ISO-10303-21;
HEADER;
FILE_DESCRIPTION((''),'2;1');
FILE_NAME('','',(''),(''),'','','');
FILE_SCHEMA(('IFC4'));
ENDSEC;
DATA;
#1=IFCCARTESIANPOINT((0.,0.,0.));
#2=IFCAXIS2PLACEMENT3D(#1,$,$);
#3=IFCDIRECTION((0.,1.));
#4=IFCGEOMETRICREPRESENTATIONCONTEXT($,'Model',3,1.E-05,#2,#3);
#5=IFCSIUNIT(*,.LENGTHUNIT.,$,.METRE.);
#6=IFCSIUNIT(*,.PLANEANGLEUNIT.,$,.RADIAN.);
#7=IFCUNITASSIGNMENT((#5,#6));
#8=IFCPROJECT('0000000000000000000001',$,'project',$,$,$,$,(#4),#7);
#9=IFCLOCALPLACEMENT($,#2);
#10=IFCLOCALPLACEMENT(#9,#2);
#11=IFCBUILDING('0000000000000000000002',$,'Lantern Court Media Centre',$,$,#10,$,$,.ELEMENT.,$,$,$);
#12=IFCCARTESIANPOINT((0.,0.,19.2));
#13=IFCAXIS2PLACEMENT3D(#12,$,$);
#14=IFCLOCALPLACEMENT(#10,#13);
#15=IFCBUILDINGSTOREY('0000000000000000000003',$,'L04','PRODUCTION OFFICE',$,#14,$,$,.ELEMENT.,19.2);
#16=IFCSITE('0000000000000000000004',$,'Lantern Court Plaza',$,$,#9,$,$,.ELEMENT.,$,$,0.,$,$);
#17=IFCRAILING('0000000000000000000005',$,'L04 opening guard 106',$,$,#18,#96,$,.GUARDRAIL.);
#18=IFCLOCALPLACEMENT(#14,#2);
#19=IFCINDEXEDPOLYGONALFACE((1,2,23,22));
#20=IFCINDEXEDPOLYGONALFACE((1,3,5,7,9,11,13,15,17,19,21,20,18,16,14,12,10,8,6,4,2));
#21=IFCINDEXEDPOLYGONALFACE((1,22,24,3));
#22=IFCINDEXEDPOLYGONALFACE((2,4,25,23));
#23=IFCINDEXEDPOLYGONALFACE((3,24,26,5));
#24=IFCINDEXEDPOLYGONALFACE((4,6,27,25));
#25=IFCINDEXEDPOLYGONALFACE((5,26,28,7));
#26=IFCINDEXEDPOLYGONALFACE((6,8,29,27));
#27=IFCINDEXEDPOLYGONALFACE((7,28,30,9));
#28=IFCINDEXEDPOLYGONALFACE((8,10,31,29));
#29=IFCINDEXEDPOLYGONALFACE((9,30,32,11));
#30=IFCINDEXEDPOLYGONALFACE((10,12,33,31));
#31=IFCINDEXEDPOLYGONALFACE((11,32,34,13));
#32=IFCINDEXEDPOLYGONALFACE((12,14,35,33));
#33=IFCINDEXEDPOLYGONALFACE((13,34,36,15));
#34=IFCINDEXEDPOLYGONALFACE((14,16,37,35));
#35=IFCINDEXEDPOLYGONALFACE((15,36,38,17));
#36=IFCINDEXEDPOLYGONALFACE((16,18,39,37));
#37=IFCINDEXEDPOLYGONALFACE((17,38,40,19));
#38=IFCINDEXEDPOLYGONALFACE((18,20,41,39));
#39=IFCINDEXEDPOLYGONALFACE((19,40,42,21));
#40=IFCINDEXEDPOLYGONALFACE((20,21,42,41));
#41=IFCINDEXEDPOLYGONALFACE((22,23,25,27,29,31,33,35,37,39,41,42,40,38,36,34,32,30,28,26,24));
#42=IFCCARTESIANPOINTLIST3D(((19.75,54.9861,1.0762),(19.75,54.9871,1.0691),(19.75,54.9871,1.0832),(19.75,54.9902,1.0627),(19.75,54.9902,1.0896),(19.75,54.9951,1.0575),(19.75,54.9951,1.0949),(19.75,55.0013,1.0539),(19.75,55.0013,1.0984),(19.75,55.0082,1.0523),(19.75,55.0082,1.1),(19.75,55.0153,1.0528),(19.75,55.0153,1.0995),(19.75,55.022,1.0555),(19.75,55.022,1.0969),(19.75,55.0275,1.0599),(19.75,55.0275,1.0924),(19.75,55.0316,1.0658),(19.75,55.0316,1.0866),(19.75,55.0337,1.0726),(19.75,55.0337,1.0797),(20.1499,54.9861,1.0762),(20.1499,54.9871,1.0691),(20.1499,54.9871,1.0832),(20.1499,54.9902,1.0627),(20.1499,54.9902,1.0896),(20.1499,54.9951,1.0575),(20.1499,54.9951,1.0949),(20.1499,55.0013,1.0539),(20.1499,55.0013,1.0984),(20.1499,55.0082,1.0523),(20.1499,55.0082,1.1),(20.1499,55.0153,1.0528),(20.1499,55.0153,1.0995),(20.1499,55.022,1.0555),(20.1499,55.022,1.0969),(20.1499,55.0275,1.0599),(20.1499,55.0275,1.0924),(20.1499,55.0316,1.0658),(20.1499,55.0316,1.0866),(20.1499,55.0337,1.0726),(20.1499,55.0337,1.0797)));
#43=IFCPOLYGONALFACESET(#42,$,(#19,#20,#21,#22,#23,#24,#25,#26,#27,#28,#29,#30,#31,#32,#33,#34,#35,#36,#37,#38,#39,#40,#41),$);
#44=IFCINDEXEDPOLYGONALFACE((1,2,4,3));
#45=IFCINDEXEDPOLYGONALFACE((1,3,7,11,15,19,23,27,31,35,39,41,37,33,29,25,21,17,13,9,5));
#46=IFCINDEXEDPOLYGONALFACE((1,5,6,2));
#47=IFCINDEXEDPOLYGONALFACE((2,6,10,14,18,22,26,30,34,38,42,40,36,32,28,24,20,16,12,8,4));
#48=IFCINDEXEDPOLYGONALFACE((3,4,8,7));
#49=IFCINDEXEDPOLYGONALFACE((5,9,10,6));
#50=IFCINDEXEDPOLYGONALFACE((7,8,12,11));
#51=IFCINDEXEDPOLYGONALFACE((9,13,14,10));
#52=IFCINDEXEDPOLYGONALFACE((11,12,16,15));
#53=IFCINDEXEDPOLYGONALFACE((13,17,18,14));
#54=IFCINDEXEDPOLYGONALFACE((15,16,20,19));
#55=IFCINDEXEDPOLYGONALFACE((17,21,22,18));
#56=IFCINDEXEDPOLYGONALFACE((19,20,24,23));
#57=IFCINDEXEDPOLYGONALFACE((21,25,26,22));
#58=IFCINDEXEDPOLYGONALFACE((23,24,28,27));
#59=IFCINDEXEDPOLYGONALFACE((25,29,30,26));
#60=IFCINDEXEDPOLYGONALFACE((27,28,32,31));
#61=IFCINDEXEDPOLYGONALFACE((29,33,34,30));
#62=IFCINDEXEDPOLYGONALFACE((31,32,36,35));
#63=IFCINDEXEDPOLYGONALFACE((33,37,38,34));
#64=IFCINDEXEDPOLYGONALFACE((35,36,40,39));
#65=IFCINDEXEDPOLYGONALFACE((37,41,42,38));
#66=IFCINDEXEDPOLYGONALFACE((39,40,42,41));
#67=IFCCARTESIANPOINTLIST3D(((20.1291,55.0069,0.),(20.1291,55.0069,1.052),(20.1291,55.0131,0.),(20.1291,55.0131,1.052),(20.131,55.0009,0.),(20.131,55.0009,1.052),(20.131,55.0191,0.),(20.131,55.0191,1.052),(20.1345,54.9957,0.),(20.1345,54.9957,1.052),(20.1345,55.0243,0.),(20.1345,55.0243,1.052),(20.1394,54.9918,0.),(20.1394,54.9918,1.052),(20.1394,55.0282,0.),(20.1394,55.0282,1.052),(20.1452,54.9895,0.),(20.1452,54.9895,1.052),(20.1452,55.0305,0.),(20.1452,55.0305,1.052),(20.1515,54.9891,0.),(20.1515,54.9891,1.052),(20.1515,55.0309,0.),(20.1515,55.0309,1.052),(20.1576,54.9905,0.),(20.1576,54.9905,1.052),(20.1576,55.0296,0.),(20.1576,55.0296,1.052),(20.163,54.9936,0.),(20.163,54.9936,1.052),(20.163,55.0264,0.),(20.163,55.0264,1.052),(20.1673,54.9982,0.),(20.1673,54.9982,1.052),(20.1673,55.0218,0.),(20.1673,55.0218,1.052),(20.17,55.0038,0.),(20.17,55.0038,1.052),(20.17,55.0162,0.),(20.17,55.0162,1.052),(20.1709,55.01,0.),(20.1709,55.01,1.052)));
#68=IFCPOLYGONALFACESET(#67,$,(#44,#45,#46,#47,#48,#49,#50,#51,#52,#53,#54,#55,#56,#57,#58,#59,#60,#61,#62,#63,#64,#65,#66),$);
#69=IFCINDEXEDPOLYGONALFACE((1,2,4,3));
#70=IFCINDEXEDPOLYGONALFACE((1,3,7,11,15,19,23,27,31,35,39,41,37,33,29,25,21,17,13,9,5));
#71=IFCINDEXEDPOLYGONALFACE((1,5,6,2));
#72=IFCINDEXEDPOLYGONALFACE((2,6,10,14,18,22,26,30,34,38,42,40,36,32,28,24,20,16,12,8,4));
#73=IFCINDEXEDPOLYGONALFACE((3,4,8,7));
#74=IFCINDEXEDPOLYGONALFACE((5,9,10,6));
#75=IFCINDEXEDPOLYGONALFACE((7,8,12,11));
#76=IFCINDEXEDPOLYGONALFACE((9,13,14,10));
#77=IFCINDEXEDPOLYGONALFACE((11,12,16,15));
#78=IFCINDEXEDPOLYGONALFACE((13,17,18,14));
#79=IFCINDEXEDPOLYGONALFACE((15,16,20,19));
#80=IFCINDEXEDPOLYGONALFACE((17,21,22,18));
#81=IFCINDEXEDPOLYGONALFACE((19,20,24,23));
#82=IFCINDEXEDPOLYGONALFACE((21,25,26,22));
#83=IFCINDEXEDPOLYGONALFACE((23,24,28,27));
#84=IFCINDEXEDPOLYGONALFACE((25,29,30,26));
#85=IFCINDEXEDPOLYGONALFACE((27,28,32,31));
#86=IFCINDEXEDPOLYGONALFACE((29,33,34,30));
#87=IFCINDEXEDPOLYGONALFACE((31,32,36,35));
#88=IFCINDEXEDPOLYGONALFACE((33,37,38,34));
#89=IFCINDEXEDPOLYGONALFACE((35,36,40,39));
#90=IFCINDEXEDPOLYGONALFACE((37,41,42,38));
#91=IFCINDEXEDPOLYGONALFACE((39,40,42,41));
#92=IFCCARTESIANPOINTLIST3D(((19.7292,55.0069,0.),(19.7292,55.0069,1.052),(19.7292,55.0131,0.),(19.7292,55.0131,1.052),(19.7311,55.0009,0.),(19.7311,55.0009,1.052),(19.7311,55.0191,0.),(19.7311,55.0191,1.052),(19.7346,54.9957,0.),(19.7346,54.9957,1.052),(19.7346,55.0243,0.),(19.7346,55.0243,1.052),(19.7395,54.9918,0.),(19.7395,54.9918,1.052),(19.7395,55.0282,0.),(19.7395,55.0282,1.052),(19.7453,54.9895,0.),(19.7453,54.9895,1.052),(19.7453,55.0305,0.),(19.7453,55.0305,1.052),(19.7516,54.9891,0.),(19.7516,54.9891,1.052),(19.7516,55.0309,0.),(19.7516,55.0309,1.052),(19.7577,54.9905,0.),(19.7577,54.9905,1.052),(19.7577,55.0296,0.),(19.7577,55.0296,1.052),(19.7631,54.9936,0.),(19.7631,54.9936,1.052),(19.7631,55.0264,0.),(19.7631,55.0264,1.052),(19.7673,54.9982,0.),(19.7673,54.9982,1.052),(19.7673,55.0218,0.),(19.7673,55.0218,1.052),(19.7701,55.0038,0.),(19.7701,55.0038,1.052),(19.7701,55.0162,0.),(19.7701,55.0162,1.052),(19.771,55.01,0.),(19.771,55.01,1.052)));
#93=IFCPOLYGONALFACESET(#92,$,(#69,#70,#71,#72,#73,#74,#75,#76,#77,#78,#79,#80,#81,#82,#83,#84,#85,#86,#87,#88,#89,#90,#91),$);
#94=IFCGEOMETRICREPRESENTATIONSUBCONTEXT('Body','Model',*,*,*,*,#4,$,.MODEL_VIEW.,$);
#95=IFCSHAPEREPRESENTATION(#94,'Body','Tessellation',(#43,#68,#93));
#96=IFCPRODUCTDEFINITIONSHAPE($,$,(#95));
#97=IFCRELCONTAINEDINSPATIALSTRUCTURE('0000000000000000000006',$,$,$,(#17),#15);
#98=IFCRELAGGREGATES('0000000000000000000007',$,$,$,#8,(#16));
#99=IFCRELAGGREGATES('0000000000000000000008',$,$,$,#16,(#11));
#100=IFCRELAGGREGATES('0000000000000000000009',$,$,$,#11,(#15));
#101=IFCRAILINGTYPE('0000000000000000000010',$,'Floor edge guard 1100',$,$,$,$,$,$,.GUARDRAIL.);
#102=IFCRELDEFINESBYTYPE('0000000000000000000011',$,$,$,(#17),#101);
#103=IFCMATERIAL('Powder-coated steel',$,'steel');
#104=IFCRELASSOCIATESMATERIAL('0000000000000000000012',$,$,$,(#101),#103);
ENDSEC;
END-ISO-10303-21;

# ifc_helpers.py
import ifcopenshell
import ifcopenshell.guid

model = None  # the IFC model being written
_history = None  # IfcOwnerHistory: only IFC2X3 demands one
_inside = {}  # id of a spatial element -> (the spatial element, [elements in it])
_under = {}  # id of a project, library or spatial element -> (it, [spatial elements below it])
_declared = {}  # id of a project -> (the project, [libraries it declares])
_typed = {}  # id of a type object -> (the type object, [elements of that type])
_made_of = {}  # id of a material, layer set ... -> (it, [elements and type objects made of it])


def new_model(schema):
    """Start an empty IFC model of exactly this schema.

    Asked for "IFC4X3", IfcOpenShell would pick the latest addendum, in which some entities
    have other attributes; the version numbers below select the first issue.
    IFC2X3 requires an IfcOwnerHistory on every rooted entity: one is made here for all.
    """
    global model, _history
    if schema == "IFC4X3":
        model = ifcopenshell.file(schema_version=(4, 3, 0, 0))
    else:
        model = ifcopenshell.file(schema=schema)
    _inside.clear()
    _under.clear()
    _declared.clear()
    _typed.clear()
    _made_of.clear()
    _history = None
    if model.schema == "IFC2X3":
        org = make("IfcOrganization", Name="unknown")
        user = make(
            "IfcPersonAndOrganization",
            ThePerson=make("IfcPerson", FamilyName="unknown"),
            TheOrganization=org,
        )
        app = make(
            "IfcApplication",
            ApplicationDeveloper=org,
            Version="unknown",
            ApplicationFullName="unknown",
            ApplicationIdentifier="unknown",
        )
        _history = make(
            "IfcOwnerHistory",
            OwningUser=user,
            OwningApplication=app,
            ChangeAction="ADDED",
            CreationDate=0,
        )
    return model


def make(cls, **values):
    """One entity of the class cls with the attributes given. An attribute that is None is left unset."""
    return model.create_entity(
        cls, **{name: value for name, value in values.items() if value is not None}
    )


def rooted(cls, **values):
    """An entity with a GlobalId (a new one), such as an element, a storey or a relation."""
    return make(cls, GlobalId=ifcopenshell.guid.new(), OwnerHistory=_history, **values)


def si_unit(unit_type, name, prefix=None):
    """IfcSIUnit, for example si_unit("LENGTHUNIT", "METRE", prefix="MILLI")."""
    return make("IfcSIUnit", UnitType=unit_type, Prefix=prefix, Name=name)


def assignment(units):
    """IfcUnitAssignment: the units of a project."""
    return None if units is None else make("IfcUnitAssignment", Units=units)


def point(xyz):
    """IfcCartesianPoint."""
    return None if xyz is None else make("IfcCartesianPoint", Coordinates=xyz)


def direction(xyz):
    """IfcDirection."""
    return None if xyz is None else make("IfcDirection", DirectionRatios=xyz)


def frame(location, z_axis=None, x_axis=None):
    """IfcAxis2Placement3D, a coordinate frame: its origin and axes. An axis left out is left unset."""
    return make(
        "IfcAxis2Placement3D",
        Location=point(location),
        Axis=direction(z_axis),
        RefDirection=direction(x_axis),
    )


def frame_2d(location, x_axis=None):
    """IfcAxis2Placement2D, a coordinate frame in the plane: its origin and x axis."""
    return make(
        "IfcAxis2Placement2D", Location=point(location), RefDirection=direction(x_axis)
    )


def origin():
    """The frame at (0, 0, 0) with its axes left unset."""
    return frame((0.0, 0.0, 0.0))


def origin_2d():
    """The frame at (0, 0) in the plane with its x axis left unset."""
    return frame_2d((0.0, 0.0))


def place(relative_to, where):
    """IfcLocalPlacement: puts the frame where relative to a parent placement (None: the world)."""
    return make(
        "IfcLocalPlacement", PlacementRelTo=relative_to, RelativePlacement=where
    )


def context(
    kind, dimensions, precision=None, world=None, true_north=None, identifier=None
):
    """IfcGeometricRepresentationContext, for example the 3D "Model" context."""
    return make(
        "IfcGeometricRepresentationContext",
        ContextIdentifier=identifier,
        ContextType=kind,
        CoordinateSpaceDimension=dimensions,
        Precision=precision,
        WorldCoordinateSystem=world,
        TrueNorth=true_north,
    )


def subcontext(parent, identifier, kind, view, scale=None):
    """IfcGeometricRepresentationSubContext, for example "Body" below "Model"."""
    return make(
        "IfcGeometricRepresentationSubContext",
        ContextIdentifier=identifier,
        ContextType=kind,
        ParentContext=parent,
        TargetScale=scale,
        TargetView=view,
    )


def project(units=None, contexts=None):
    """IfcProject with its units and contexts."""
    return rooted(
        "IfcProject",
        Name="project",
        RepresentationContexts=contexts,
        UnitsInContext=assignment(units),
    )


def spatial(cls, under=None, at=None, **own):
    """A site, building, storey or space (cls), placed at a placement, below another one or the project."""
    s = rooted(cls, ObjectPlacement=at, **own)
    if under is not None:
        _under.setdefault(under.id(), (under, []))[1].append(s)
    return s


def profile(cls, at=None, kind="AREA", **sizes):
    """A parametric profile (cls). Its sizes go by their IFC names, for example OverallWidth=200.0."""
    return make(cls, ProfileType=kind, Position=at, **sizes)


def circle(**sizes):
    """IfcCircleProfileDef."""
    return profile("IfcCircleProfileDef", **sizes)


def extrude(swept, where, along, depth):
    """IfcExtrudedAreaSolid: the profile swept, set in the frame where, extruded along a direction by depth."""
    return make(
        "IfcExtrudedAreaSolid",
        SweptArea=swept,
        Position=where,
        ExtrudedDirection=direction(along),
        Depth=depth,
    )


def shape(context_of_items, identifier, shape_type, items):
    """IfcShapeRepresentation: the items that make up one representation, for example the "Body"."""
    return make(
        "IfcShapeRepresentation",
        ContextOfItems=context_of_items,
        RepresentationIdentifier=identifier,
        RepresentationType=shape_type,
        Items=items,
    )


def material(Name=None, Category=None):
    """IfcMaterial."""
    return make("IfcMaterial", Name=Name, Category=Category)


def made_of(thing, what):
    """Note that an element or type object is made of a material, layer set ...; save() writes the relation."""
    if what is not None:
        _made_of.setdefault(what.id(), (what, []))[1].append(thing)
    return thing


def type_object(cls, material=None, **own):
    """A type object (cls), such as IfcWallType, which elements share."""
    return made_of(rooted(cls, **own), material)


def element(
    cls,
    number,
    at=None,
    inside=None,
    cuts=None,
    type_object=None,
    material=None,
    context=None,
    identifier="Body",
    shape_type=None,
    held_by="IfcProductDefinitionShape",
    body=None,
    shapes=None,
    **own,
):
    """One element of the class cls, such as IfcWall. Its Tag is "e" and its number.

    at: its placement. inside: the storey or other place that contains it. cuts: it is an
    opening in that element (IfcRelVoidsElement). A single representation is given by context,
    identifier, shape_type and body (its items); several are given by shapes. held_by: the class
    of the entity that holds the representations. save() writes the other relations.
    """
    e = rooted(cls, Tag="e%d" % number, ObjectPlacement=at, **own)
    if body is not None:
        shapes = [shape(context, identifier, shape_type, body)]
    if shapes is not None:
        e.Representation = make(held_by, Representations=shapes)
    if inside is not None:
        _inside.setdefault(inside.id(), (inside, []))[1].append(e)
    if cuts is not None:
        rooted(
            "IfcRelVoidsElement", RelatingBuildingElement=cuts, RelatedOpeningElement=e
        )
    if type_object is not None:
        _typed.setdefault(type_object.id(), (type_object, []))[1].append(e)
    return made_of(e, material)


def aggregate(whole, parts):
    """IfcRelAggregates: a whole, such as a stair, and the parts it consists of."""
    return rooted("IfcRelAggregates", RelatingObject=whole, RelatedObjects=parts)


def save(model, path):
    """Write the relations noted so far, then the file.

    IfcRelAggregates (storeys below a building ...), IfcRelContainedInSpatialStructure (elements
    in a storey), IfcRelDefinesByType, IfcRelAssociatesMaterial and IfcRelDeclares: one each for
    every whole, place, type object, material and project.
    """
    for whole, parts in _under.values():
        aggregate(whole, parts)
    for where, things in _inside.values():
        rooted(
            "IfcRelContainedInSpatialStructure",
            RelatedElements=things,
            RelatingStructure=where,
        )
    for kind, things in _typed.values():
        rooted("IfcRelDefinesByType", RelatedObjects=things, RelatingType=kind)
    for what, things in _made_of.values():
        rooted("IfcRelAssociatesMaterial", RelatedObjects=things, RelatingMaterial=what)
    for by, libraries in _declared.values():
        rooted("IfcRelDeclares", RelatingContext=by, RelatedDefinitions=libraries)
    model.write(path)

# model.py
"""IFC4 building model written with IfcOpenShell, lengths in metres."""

from ifc_helpers import new_model, si_unit, direction, frame, origin, origin_2d, place, context, subcontext, project, spatial, circle, extrude, material, type_object, element, save


model = new_model("IFC4")

# Units and contexts
model_context = context("Model", 3, precision=1e-05, world=origin(), true_north=direction((0.0, 1.0)))
body_context = subcontext(model_context, "Body", "Model", "MODEL_VIEW")
ifc_project = project(units=[si_unit("LENGTHUNIT", "METRE"), si_unit("PLANEANGLEUNIT", "RADIAN")], contexts=[model_context])

# Site, building, storey
site_placement = place(None, origin())
site = spatial("IfcSite", under=ifc_project, at=site_placement, Name="Lantern Court Plaza", CompositionType="ELEMENT", RefElevation=0.0)
building_placement = place(site_placement, origin())
building = spatial("IfcBuilding", under=site, at=building_placement, Name="Lantern Court Media Centre", CompositionType="ELEMENT")
storey_placement = place(building_placement, frame((0.0, 0.0, 19.2)))
storey = spatial("IfcBuildingStorey", under=building, at=storey_placement, Name="L04", Description="PRODUCTION OFFICE", CompositionType="ELEMENT", Elevation=19.2)

# Railing
ifc_material_1 = material(Name="Powder-coated steel", Category="steel")
railing_type_1 = type_object("IfcRailingType", Name="Floor edge guard 1100", PredefinedType="GUARDRAIL", material=ifc_material_1)
railing_1_placement = place(storey_placement, frame((20.1499, 55.01, 0.0)))
element("IfcRailing", 1, at=railing_1_placement, inside=storey, type_object=railing_type_1, Name="L04 opening guard 106", PredefinedType="GUARDRAIL", context=body_context, shape_type="SweptSolid", body=[
    extrude(circle(Radius=0.0239, at=origin_2d()), frame((0.0, 0.0, 1.0762), z_axis=(-1.0, 0.0, 0.0), x_axis=(0.0, -1.0, 0.0)), (0.0, 0.0, 1.0), 0.3999),
    extrude(circle(Radius=0.021, at=origin_2d()), origin(), (0.0, 0.0, 1.0), 1.052),
    extrude(circle(Radius=0.021, at=origin_2d()), frame((-0.3999, 0.0, 0.0)), (0.0, 0.0, 1.0), 1.052),
])

save(model, "model.ifc")
